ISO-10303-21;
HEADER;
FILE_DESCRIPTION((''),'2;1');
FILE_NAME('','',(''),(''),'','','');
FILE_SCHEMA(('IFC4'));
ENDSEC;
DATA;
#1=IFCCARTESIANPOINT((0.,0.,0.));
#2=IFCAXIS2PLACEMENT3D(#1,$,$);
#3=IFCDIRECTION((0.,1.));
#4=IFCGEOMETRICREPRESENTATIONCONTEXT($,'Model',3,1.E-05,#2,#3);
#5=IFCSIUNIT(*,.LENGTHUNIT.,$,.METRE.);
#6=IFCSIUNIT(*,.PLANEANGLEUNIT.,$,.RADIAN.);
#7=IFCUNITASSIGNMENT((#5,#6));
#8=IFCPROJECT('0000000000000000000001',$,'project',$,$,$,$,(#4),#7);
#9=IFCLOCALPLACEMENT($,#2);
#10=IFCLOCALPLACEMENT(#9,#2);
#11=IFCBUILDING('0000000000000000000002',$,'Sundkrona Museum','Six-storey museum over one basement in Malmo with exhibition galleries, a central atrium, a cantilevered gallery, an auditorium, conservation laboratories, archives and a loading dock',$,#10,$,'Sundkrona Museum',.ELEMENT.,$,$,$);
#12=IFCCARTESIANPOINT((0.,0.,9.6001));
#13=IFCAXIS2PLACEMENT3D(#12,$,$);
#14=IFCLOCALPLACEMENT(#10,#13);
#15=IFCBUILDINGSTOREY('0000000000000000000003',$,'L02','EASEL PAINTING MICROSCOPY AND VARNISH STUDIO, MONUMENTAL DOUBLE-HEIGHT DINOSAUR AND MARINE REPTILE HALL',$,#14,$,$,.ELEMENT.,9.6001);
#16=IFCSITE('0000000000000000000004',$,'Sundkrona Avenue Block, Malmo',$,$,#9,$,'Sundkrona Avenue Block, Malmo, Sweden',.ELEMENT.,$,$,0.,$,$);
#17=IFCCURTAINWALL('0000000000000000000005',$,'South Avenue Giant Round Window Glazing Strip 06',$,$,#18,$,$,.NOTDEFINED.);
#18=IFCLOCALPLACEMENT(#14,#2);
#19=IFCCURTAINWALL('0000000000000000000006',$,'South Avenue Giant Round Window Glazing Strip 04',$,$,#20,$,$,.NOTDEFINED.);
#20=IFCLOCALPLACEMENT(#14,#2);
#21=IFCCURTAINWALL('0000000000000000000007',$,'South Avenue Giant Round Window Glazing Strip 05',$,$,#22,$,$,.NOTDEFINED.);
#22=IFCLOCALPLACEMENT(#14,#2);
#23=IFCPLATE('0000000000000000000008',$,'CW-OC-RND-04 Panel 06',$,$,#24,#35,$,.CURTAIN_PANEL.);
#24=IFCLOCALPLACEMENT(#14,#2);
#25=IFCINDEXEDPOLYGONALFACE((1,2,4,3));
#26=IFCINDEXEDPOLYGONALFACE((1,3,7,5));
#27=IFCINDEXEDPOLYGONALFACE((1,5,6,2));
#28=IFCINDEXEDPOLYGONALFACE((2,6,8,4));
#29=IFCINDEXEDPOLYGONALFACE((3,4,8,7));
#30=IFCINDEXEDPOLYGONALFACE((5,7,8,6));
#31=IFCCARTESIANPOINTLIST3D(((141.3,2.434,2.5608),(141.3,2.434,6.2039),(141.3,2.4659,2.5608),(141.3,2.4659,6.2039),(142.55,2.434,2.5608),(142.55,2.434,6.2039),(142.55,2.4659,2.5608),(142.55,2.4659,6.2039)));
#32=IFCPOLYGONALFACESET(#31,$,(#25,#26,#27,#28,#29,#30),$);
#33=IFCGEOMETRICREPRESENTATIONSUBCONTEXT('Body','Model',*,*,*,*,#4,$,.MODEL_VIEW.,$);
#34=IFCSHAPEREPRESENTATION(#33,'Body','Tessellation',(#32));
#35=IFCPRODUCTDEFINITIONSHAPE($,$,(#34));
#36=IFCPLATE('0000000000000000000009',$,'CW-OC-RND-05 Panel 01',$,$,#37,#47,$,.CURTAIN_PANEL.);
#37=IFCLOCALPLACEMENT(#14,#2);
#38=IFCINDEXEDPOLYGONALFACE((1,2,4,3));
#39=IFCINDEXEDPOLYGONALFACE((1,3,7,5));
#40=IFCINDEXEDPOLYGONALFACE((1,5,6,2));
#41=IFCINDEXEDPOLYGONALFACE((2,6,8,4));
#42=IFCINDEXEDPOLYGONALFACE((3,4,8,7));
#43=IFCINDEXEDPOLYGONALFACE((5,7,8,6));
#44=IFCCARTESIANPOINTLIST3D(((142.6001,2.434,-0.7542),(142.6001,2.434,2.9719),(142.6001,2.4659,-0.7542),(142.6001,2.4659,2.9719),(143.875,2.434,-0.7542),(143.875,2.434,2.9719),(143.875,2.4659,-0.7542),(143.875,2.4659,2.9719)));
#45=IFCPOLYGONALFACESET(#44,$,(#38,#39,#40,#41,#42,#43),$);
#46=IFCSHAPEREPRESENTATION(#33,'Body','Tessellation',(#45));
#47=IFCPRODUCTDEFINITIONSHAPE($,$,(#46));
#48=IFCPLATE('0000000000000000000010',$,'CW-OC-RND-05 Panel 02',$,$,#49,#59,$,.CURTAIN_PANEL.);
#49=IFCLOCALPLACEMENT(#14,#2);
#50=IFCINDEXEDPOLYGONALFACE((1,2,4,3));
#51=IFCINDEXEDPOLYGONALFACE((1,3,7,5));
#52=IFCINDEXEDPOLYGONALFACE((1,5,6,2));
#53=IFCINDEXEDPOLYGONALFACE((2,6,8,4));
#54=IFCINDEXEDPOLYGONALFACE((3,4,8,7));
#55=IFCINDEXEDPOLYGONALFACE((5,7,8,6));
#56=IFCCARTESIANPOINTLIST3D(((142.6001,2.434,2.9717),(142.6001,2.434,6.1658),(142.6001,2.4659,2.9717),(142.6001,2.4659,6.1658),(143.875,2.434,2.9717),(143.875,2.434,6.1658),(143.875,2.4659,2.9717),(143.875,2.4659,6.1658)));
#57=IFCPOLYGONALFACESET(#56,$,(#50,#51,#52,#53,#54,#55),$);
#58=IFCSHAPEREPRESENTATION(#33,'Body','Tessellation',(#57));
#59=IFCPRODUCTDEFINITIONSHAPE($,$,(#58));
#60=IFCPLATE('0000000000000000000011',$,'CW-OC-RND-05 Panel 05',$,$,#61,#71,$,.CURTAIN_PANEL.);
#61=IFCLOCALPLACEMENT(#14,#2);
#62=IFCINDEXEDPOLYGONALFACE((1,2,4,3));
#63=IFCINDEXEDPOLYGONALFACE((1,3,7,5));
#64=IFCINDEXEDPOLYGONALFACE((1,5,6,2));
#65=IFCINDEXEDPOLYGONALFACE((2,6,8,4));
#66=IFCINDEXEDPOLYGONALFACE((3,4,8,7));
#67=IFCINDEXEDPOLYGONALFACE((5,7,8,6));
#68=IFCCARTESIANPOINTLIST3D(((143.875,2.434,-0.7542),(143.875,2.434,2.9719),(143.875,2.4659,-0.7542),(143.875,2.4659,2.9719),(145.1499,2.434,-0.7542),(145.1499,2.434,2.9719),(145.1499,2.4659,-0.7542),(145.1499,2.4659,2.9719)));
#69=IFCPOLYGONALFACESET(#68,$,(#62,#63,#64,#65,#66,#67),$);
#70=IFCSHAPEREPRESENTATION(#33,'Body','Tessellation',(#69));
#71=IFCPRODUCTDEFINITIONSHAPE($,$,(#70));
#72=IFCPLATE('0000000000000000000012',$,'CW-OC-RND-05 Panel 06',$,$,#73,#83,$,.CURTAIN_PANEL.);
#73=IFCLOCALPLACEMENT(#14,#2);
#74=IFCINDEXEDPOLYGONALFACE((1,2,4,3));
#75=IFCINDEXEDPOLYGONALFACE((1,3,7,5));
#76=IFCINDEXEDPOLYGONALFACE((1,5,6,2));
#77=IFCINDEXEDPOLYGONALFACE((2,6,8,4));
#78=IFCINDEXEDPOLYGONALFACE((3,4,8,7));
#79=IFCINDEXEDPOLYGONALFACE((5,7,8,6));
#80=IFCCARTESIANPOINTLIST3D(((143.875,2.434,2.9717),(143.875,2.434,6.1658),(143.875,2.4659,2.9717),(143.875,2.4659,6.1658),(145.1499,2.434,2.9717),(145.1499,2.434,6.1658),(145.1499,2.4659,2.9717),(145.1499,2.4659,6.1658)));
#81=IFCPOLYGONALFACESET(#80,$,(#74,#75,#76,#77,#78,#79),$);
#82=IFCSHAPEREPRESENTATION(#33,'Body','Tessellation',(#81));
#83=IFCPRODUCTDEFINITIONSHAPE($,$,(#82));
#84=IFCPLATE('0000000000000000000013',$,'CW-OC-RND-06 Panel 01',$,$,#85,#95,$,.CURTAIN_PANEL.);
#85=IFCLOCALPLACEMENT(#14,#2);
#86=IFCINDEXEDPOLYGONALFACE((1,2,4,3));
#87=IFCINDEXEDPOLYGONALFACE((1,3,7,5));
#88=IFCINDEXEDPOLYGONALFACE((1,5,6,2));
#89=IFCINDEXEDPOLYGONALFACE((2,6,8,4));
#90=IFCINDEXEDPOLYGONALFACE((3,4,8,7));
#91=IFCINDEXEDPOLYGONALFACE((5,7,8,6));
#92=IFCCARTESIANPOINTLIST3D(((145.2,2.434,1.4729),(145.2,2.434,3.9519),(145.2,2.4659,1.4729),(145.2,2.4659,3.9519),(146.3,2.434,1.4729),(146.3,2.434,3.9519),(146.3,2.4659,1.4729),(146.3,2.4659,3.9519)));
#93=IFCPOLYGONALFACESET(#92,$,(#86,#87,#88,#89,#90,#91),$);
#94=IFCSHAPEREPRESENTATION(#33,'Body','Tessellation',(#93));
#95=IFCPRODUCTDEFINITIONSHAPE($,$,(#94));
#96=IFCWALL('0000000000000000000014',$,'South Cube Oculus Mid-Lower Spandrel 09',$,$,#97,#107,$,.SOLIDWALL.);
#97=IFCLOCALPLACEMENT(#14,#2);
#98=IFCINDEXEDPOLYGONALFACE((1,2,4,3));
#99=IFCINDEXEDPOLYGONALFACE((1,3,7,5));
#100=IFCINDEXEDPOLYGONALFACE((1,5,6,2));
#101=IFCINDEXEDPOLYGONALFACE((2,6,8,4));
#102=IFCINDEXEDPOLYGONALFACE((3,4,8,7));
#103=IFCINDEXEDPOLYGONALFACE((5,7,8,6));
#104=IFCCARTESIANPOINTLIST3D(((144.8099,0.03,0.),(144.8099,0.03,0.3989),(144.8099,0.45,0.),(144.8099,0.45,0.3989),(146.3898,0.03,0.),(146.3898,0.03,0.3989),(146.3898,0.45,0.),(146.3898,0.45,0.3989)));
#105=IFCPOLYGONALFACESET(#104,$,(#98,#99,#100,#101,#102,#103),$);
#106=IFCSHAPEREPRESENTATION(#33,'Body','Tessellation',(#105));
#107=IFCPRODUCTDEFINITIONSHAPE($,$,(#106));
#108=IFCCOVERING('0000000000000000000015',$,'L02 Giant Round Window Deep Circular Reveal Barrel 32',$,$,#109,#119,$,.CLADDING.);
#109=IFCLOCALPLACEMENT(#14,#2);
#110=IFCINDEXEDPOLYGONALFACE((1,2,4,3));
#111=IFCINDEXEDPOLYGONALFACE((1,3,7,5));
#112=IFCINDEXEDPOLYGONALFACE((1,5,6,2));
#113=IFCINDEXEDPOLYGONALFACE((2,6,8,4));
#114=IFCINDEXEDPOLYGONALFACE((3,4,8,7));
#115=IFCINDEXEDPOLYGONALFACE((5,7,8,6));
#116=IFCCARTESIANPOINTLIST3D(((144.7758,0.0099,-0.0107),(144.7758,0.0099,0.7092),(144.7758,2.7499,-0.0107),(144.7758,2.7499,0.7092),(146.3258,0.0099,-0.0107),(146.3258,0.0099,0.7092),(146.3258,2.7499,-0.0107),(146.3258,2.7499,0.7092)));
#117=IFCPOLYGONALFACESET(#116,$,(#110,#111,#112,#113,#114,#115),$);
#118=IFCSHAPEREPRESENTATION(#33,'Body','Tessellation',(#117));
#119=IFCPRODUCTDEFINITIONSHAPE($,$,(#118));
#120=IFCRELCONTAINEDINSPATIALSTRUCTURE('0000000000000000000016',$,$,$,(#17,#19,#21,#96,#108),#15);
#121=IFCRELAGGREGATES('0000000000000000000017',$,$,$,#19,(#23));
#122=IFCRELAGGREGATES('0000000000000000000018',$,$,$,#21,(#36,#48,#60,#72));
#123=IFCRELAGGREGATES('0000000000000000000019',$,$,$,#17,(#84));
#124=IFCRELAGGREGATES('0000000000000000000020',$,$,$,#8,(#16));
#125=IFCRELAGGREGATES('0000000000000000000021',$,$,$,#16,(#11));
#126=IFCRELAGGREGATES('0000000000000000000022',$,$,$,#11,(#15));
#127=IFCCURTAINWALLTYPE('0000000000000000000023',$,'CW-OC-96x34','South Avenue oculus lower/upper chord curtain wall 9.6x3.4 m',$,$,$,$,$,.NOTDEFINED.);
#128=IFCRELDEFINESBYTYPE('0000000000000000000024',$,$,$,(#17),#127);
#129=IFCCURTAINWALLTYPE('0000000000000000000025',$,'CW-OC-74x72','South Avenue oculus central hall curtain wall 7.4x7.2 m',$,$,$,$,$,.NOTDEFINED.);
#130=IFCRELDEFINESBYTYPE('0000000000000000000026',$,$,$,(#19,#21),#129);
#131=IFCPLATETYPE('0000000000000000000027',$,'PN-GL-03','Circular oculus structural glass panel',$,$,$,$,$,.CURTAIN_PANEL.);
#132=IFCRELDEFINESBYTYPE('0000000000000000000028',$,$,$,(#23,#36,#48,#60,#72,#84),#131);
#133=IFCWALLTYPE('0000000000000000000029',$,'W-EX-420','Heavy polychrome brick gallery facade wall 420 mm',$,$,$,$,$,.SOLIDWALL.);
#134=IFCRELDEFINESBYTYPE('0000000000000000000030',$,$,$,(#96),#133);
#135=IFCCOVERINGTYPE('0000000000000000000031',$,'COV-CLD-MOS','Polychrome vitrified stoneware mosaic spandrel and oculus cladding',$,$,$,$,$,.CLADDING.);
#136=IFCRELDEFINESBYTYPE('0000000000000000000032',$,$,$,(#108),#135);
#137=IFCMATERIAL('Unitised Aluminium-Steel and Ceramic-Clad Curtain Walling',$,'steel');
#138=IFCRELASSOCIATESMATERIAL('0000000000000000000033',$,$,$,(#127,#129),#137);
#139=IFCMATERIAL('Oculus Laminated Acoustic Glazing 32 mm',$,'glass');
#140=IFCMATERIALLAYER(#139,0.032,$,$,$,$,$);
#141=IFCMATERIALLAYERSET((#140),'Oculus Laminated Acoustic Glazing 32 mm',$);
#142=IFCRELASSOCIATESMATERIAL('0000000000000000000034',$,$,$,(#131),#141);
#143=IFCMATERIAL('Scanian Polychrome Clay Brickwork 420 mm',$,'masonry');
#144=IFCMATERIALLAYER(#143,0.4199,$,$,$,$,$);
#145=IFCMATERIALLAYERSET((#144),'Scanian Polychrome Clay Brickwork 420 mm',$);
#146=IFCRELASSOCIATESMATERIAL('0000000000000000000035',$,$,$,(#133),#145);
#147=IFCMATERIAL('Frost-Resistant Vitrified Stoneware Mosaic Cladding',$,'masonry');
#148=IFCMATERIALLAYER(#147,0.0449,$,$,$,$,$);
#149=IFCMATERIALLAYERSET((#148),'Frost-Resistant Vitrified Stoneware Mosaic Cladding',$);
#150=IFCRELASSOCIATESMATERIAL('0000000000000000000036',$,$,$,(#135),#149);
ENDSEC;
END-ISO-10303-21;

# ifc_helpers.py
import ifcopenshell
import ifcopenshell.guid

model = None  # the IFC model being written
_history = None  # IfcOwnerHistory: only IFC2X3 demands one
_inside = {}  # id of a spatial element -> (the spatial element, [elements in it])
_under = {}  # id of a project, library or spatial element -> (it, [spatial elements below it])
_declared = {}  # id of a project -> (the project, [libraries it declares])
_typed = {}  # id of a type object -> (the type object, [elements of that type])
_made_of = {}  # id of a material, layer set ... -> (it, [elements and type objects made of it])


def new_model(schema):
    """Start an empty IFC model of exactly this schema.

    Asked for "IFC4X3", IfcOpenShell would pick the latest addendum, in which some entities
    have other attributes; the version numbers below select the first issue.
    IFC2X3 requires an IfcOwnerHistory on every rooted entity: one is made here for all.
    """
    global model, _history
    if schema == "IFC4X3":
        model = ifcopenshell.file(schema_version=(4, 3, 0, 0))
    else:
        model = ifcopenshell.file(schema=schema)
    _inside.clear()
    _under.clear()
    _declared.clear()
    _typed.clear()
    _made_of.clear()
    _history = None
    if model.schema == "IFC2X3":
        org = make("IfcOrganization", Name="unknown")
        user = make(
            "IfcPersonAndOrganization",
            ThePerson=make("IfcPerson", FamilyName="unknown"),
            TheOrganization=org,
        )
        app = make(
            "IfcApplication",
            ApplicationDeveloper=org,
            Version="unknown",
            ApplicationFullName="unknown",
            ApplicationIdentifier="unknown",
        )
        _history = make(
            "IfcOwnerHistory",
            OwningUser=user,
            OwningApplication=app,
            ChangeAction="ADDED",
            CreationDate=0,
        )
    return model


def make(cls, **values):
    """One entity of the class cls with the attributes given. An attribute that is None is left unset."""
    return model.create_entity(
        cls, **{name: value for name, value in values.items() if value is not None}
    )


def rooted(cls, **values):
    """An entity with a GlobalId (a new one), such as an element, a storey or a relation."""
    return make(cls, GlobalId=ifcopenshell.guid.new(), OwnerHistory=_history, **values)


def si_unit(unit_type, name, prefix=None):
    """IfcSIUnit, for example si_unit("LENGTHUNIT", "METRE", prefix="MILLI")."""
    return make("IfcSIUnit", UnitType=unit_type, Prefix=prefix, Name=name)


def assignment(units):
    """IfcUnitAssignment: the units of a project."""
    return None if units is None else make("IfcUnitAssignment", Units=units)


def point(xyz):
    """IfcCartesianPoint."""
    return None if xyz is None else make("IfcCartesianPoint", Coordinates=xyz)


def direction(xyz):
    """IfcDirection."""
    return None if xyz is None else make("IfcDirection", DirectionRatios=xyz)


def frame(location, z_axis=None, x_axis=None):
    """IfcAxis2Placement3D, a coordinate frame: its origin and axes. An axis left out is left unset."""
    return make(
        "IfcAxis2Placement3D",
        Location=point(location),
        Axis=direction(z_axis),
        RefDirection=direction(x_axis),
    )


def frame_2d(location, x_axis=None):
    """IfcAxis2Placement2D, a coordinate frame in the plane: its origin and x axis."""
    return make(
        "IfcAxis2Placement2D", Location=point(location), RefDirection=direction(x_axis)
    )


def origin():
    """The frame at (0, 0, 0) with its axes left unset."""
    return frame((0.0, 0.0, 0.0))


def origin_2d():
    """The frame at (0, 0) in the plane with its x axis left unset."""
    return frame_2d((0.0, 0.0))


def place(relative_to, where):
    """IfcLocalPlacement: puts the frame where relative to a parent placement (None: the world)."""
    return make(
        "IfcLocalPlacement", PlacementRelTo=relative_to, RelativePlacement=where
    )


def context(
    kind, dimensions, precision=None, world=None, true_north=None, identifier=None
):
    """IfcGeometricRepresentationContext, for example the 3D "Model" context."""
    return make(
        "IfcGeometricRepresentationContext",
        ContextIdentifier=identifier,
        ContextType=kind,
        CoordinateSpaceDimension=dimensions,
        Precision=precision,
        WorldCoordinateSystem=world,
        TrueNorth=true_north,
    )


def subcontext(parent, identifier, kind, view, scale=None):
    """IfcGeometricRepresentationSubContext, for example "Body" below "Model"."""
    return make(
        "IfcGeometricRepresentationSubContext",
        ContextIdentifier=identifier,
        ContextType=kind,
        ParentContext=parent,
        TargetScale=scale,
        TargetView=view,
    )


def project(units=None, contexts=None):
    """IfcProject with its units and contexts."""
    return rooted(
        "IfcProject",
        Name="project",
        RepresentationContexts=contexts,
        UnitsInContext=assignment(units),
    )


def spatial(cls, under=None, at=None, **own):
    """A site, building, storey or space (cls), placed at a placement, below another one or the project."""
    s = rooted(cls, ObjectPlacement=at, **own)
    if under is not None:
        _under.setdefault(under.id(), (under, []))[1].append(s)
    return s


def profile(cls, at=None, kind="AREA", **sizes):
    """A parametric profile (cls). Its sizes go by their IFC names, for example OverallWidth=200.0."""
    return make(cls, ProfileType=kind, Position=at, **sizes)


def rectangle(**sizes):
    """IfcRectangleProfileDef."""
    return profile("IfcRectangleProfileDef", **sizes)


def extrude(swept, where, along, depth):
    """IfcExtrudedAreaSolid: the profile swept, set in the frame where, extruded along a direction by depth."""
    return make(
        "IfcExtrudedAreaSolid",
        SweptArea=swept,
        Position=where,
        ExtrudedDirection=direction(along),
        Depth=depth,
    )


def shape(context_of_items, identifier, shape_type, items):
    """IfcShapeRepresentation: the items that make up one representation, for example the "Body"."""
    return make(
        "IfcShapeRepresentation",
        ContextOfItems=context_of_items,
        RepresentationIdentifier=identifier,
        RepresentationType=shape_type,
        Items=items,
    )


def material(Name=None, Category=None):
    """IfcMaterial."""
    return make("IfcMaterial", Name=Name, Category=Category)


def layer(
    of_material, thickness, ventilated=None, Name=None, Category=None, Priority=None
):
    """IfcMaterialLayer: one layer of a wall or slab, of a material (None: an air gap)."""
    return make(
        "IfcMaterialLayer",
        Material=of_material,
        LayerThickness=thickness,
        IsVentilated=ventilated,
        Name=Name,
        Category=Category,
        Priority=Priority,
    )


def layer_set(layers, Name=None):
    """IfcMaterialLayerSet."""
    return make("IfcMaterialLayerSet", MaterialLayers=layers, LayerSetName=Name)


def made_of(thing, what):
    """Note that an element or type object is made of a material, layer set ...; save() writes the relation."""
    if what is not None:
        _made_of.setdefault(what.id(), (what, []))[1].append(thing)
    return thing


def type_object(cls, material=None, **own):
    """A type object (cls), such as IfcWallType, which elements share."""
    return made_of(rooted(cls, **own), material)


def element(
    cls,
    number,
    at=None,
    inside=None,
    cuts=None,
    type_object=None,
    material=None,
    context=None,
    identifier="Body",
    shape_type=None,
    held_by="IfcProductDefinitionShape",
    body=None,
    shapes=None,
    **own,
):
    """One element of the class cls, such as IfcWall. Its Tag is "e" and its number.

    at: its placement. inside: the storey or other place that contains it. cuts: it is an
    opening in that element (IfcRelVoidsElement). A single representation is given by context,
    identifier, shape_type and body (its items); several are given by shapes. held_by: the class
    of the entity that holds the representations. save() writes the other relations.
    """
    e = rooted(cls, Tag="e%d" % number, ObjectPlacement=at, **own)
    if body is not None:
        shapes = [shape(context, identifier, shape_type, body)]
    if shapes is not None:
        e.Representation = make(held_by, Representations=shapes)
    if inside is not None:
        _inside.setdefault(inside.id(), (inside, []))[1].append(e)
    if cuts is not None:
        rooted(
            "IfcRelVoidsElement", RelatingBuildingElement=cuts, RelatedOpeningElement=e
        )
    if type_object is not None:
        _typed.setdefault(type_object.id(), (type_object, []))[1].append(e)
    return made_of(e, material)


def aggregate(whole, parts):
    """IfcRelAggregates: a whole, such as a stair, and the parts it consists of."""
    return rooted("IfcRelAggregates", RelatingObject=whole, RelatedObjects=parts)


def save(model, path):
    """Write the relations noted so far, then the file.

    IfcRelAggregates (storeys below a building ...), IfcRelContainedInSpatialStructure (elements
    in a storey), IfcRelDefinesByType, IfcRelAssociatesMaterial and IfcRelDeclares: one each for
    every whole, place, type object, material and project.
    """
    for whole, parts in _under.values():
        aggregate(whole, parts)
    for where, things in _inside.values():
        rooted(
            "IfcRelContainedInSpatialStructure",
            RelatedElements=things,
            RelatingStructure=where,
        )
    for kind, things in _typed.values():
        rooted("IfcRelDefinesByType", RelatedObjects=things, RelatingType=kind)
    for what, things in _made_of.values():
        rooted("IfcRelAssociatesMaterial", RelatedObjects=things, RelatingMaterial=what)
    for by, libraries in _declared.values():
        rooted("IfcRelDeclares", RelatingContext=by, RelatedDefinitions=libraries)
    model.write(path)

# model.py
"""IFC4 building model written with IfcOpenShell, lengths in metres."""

from ifc_helpers import new_model, si_unit, direction, frame, frame_2d, origin, origin_2d, place, context, subcontext, project, spatial, rectangle, extrude, material, layer, layer_set, type_object, element, aggregate, save


model = new_model("IFC4")

# Units and contexts
model_context = context("Model", 3, precision=1e-05, world=origin(), true_north=direction((0.0, 1.0)))
body_context = subcontext(model_context, "Body", "Model", "MODEL_VIEW")
ifc_project = project(units=[si_unit("LENGTHUNIT", "METRE"), si_unit("PLANEANGLEUNIT", "RADIAN")], contexts=[model_context])

# Site, building, storey
site_placement = place(None, origin())
site = spatial("IfcSite", under=ifc_project, at=site_placement, Name="Sundkrona Avenue Block, Malmo", LongName="Sundkrona Avenue Block, Malmo, Sweden", CompositionType="ELEMENT", RefElevation=0.0)
building_placement = place(site_placement, origin())
building = spatial("IfcBuilding", under=site, at=building_placement, Name="Sundkrona Museum", Description="Six-storey museum over one basement in Malmo with exhibition galleries, a central atrium, a cantilevered gallery, an auditorium, conservation laboratories, archives and a loading dock", LongName="Sundkrona Museum", CompositionType="ELEMENT")
storey_placement = place(building_placement, frame((0.0, 0.0, 9.6001)))
storey = spatial("IfcBuildingStorey", under=building, at=storey_placement, Name="L02", Description="EASEL PAINTING MICROSCOPY AND VARNISH STUDIO, MONUMENTAL DOUBLE-HEIGHT DINOSAUR AND MARINE REPTILE HALL", CompositionType="ELEMENT", Elevation=9.6001)

# Curtain wall
ifc_material_1 = material(Name="Unitised Aluminium-Steel and Ceramic-Clad Curtain Walling", Category="steel")
curtain_wall_type_1 = type_object("IfcCurtainWallType", Name="CW-OC-96x34", Description="South Avenue oculus lower/upper chord curtain wall 9.6x3.4 m", PredefinedType="NOTDEFINED", material=ifc_material_1)
curtain_wall_1_placement = place(storey_placement, origin())
curtain_wall_1 = element("IfcCurtainWall", 1, at=curtain_wall_1_placement, inside=storey, type_object=curtain_wall_type_1, Name="South Avenue Giant Round Window Glazing Strip 06", PredefinedType="NOTDEFINED")

# Curtain wall
curtain_wall_type_2 = type_object("IfcCurtainWallType", Name="CW-OC-74x72", Description="South Avenue oculus central hall curtain wall 7.4x7.2 m", PredefinedType="NOTDEFINED", material=ifc_material_1)
curtain_wall_2_placement = place(storey_placement, origin())
curtain_wall_2 = element("IfcCurtainWall", 2, at=curtain_wall_2_placement, inside=storey, type_object=curtain_wall_type_2, Name="South Avenue Giant Round Window Glazing Strip 04", PredefinedType="NOTDEFINED")

# Curtain wall
curtain_wall_3_placement = place(storey_placement, origin())
curtain_wall_3 = element("IfcCurtainWall", 3, at=curtain_wall_3_placement, inside=storey, type_object=curtain_wall_type_2, Name="South Avenue Giant Round Window Glazing Strip 05", PredefinedType="NOTDEFINED")

# Plates
ifc_material_2 = material(Name="Oculus Laminated Acoustic Glazing 32 mm", Category="glass")
ifc_layer_1 = layer(ifc_material_2, 0.032)
ifc_layer_set_1 = layer_set([ifc_layer_1], Name="Oculus Laminated Acoustic Glazing 32 mm")
plate_type = type_object("IfcPlateType", Name="PN-GL-03", Description="Circular oculus structural glass panel", PredefinedType="CURTAIN_PANEL", material=ifc_layer_set_1)
plate_1_placement = place(storey_placement, frame((141.925, 2.45, 2.5608), z_axis=(0.0, 0.0, 1.0), x_axis=(1.0, 0.0, 0.0)))
plate_1 = element("IfcPlate", 4, at=plate_1_placement, type_object=plate_type, Name="CW-OC-RND-04 Panel 06", PredefinedType="CURTAIN_PANEL", context=body_context, shape_type="SweptSolid", body=[
    extrude(rectangle(XDim=1.25, YDim=0.032, at=origin_2d()), origin(), (0.0, 0.0, 1.0), 3.6431),
])
aggregate(curtain_wall_2, [plate_1])
plate_2_placement = place(storey_placement, frame((143.2375, 2.45, -0.7542), z_axis=(0.0, 0.0, 1.0), x_axis=(1.0, 0.0, 0.0)))
plate_2 = element("IfcPlate", 5, at=plate_2_placement, type_object=plate_type, Name="CW-OC-RND-05 Panel 01", PredefinedType="CURTAIN_PANEL", context=body_context, shape_type="SweptSolid", body=[
    extrude(rectangle(XDim=1.2749, YDim=0.032, at=origin_2d()), origin(), (0.0, 0.0, 1.0), 3.7261),
])
plate_3_placement = place(storey_placement, frame((143.2375, 2.45, 2.9717), z_axis=(0.0, 0.0, 1.0), x_axis=(1.0, 0.0, 0.0)))
plate_3 = element("IfcPlate", 6, at=plate_3_placement, type_object=plate_type, Name="CW-OC-RND-05 Panel 02", PredefinedType="CURTAIN_PANEL", context=body_context, shape_type="SweptSolid", body=[
    extrude(rectangle(XDim=1.2749, YDim=0.032, at=origin_2d()), origin(), (0.0, 0.0, 1.0), 3.1941),
])
plate_4_placement = place(storey_placement, frame((144.5125, 2.45, -0.7542), z_axis=(0.0, 0.0, 1.0), x_axis=(1.0, 0.0, 0.0)))
plate_4 = element("IfcPlate", 7, at=plate_4_placement, type_object=plate_type, Name="CW-OC-RND-05 Panel 05", PredefinedType="CURTAIN_PANEL", context=body_context, shape_type="SweptSolid", body=[
    extrude(rectangle(XDim=1.2749, YDim=0.032, at=origin_2d()), origin(), (0.0, 0.0, 1.0), 3.7261),
])
plate_5_placement = place(storey_placement, frame((144.5125, 2.45, 2.9717), z_axis=(0.0, 0.0, 1.0), x_axis=(1.0, 0.0, 0.0)))
plate_5 = element("IfcPlate", 8, at=plate_5_placement, type_object=plate_type, Name="CW-OC-RND-05 Panel 06", PredefinedType="CURTAIN_PANEL", context=body_context, shape_type="SweptSolid", body=[
    extrude(rectangle(XDim=1.2749, YDim=0.032, at=origin_2d()), origin(), (0.0, 0.0, 1.0), 3.1941),
])
aggregate(curtain_wall_3, [plate_2, plate_3, plate_4, plate_5])
plate_6_placement = place(storey_placement, frame((145.75, 2.45, 1.4729), z_axis=(0.0, 0.0, 1.0), x_axis=(1.0, 0.0, 0.0)))
plate_6 = element("IfcPlate", 9, at=plate_6_placement, type_object=plate_type, Name="CW-OC-RND-06 Panel 01", PredefinedType="CURTAIN_PANEL", context=body_context, shape_type="SweptSolid", body=[
    extrude(rectangle(XDim=1.1001, YDim=0.032, at=origin_2d()), origin(), (0.0, 0.0, 1.0), 2.479),
])
aggregate(curtain_wall_1, [plate_6])

# Wall
ifc_material_3 = material(Name="Scanian Polychrome Clay Brickwork 420 mm", Category="masonry")
ifc_layer_2 = layer(ifc_material_3, 0.4199)
ifc_layer_set_2 = layer_set([ifc_layer_2], Name="Scanian Polychrome Clay Brickwork 420 mm")
wall_type = type_object("IfcWallType", Name="W-EX-420", Description="Heavy polychrome brick gallery facade wall 420 mm", PredefinedType="SOLIDWALL", material=ifc_layer_set_2)
wall_placement = place(storey_placement, frame((146.3899, 0.24, 0.0), z_axis=(0.0, 0.0, 1.0), x_axis=(-1.0, 0.0, 0.0)))
element("IfcWall", 10, at=wall_placement, inside=storey, type_object=wall_type, Name="South Cube Oculus Mid-Lower Spandrel 09", PredefinedType="SOLIDWALL", context=body_context, shape_type="SweptSolid", body=[
    extrude(rectangle(XDim=1.5798, YDim=0.4199, at=frame_2d((0.79, 0.0))), origin(), (0.0, 0.0, 1.0), 0.3989),
])

# Covering
ifc_material_4 = material(Name="Frost-Resistant Vitrified Stoneware Mosaic Cladding", Category="masonry")
ifc_layer_3 = layer(ifc_material_4, 0.0449)
ifc_layer_set_3 = layer_set([ifc_layer_3], Name="Frost-Resistant Vitrified Stoneware Mosaic Cladding")
covering_type = type_object("IfcCoveringType", Name="COV-CLD-MOS", Description="Polychrome vitrified stoneware mosaic spandrel and oculus cladding", PredefinedType="CLADDING", material=ifc_layer_set_3)
covering_placement = place(storey_placement, frame((145.5508, 1.3799, -0.0107), z_axis=(0.0, 0.0, 1.0), x_axis=(1.0, 0.0, 0.0)))
element("IfcCovering", 11, at=covering_placement, inside=storey, type_object=covering_type, Name="L02 Giant Round Window Deep Circular Reveal Barrel 32", PredefinedType="CLADDING", context=body_context, shape_type="SweptSolid", body=[
    extrude(rectangle(XDim=1.55, YDim=2.74, at=origin_2d()), origin(), (0.0, 0.0, 1.0), 0.72),
])

save(model, "model.ifc")
